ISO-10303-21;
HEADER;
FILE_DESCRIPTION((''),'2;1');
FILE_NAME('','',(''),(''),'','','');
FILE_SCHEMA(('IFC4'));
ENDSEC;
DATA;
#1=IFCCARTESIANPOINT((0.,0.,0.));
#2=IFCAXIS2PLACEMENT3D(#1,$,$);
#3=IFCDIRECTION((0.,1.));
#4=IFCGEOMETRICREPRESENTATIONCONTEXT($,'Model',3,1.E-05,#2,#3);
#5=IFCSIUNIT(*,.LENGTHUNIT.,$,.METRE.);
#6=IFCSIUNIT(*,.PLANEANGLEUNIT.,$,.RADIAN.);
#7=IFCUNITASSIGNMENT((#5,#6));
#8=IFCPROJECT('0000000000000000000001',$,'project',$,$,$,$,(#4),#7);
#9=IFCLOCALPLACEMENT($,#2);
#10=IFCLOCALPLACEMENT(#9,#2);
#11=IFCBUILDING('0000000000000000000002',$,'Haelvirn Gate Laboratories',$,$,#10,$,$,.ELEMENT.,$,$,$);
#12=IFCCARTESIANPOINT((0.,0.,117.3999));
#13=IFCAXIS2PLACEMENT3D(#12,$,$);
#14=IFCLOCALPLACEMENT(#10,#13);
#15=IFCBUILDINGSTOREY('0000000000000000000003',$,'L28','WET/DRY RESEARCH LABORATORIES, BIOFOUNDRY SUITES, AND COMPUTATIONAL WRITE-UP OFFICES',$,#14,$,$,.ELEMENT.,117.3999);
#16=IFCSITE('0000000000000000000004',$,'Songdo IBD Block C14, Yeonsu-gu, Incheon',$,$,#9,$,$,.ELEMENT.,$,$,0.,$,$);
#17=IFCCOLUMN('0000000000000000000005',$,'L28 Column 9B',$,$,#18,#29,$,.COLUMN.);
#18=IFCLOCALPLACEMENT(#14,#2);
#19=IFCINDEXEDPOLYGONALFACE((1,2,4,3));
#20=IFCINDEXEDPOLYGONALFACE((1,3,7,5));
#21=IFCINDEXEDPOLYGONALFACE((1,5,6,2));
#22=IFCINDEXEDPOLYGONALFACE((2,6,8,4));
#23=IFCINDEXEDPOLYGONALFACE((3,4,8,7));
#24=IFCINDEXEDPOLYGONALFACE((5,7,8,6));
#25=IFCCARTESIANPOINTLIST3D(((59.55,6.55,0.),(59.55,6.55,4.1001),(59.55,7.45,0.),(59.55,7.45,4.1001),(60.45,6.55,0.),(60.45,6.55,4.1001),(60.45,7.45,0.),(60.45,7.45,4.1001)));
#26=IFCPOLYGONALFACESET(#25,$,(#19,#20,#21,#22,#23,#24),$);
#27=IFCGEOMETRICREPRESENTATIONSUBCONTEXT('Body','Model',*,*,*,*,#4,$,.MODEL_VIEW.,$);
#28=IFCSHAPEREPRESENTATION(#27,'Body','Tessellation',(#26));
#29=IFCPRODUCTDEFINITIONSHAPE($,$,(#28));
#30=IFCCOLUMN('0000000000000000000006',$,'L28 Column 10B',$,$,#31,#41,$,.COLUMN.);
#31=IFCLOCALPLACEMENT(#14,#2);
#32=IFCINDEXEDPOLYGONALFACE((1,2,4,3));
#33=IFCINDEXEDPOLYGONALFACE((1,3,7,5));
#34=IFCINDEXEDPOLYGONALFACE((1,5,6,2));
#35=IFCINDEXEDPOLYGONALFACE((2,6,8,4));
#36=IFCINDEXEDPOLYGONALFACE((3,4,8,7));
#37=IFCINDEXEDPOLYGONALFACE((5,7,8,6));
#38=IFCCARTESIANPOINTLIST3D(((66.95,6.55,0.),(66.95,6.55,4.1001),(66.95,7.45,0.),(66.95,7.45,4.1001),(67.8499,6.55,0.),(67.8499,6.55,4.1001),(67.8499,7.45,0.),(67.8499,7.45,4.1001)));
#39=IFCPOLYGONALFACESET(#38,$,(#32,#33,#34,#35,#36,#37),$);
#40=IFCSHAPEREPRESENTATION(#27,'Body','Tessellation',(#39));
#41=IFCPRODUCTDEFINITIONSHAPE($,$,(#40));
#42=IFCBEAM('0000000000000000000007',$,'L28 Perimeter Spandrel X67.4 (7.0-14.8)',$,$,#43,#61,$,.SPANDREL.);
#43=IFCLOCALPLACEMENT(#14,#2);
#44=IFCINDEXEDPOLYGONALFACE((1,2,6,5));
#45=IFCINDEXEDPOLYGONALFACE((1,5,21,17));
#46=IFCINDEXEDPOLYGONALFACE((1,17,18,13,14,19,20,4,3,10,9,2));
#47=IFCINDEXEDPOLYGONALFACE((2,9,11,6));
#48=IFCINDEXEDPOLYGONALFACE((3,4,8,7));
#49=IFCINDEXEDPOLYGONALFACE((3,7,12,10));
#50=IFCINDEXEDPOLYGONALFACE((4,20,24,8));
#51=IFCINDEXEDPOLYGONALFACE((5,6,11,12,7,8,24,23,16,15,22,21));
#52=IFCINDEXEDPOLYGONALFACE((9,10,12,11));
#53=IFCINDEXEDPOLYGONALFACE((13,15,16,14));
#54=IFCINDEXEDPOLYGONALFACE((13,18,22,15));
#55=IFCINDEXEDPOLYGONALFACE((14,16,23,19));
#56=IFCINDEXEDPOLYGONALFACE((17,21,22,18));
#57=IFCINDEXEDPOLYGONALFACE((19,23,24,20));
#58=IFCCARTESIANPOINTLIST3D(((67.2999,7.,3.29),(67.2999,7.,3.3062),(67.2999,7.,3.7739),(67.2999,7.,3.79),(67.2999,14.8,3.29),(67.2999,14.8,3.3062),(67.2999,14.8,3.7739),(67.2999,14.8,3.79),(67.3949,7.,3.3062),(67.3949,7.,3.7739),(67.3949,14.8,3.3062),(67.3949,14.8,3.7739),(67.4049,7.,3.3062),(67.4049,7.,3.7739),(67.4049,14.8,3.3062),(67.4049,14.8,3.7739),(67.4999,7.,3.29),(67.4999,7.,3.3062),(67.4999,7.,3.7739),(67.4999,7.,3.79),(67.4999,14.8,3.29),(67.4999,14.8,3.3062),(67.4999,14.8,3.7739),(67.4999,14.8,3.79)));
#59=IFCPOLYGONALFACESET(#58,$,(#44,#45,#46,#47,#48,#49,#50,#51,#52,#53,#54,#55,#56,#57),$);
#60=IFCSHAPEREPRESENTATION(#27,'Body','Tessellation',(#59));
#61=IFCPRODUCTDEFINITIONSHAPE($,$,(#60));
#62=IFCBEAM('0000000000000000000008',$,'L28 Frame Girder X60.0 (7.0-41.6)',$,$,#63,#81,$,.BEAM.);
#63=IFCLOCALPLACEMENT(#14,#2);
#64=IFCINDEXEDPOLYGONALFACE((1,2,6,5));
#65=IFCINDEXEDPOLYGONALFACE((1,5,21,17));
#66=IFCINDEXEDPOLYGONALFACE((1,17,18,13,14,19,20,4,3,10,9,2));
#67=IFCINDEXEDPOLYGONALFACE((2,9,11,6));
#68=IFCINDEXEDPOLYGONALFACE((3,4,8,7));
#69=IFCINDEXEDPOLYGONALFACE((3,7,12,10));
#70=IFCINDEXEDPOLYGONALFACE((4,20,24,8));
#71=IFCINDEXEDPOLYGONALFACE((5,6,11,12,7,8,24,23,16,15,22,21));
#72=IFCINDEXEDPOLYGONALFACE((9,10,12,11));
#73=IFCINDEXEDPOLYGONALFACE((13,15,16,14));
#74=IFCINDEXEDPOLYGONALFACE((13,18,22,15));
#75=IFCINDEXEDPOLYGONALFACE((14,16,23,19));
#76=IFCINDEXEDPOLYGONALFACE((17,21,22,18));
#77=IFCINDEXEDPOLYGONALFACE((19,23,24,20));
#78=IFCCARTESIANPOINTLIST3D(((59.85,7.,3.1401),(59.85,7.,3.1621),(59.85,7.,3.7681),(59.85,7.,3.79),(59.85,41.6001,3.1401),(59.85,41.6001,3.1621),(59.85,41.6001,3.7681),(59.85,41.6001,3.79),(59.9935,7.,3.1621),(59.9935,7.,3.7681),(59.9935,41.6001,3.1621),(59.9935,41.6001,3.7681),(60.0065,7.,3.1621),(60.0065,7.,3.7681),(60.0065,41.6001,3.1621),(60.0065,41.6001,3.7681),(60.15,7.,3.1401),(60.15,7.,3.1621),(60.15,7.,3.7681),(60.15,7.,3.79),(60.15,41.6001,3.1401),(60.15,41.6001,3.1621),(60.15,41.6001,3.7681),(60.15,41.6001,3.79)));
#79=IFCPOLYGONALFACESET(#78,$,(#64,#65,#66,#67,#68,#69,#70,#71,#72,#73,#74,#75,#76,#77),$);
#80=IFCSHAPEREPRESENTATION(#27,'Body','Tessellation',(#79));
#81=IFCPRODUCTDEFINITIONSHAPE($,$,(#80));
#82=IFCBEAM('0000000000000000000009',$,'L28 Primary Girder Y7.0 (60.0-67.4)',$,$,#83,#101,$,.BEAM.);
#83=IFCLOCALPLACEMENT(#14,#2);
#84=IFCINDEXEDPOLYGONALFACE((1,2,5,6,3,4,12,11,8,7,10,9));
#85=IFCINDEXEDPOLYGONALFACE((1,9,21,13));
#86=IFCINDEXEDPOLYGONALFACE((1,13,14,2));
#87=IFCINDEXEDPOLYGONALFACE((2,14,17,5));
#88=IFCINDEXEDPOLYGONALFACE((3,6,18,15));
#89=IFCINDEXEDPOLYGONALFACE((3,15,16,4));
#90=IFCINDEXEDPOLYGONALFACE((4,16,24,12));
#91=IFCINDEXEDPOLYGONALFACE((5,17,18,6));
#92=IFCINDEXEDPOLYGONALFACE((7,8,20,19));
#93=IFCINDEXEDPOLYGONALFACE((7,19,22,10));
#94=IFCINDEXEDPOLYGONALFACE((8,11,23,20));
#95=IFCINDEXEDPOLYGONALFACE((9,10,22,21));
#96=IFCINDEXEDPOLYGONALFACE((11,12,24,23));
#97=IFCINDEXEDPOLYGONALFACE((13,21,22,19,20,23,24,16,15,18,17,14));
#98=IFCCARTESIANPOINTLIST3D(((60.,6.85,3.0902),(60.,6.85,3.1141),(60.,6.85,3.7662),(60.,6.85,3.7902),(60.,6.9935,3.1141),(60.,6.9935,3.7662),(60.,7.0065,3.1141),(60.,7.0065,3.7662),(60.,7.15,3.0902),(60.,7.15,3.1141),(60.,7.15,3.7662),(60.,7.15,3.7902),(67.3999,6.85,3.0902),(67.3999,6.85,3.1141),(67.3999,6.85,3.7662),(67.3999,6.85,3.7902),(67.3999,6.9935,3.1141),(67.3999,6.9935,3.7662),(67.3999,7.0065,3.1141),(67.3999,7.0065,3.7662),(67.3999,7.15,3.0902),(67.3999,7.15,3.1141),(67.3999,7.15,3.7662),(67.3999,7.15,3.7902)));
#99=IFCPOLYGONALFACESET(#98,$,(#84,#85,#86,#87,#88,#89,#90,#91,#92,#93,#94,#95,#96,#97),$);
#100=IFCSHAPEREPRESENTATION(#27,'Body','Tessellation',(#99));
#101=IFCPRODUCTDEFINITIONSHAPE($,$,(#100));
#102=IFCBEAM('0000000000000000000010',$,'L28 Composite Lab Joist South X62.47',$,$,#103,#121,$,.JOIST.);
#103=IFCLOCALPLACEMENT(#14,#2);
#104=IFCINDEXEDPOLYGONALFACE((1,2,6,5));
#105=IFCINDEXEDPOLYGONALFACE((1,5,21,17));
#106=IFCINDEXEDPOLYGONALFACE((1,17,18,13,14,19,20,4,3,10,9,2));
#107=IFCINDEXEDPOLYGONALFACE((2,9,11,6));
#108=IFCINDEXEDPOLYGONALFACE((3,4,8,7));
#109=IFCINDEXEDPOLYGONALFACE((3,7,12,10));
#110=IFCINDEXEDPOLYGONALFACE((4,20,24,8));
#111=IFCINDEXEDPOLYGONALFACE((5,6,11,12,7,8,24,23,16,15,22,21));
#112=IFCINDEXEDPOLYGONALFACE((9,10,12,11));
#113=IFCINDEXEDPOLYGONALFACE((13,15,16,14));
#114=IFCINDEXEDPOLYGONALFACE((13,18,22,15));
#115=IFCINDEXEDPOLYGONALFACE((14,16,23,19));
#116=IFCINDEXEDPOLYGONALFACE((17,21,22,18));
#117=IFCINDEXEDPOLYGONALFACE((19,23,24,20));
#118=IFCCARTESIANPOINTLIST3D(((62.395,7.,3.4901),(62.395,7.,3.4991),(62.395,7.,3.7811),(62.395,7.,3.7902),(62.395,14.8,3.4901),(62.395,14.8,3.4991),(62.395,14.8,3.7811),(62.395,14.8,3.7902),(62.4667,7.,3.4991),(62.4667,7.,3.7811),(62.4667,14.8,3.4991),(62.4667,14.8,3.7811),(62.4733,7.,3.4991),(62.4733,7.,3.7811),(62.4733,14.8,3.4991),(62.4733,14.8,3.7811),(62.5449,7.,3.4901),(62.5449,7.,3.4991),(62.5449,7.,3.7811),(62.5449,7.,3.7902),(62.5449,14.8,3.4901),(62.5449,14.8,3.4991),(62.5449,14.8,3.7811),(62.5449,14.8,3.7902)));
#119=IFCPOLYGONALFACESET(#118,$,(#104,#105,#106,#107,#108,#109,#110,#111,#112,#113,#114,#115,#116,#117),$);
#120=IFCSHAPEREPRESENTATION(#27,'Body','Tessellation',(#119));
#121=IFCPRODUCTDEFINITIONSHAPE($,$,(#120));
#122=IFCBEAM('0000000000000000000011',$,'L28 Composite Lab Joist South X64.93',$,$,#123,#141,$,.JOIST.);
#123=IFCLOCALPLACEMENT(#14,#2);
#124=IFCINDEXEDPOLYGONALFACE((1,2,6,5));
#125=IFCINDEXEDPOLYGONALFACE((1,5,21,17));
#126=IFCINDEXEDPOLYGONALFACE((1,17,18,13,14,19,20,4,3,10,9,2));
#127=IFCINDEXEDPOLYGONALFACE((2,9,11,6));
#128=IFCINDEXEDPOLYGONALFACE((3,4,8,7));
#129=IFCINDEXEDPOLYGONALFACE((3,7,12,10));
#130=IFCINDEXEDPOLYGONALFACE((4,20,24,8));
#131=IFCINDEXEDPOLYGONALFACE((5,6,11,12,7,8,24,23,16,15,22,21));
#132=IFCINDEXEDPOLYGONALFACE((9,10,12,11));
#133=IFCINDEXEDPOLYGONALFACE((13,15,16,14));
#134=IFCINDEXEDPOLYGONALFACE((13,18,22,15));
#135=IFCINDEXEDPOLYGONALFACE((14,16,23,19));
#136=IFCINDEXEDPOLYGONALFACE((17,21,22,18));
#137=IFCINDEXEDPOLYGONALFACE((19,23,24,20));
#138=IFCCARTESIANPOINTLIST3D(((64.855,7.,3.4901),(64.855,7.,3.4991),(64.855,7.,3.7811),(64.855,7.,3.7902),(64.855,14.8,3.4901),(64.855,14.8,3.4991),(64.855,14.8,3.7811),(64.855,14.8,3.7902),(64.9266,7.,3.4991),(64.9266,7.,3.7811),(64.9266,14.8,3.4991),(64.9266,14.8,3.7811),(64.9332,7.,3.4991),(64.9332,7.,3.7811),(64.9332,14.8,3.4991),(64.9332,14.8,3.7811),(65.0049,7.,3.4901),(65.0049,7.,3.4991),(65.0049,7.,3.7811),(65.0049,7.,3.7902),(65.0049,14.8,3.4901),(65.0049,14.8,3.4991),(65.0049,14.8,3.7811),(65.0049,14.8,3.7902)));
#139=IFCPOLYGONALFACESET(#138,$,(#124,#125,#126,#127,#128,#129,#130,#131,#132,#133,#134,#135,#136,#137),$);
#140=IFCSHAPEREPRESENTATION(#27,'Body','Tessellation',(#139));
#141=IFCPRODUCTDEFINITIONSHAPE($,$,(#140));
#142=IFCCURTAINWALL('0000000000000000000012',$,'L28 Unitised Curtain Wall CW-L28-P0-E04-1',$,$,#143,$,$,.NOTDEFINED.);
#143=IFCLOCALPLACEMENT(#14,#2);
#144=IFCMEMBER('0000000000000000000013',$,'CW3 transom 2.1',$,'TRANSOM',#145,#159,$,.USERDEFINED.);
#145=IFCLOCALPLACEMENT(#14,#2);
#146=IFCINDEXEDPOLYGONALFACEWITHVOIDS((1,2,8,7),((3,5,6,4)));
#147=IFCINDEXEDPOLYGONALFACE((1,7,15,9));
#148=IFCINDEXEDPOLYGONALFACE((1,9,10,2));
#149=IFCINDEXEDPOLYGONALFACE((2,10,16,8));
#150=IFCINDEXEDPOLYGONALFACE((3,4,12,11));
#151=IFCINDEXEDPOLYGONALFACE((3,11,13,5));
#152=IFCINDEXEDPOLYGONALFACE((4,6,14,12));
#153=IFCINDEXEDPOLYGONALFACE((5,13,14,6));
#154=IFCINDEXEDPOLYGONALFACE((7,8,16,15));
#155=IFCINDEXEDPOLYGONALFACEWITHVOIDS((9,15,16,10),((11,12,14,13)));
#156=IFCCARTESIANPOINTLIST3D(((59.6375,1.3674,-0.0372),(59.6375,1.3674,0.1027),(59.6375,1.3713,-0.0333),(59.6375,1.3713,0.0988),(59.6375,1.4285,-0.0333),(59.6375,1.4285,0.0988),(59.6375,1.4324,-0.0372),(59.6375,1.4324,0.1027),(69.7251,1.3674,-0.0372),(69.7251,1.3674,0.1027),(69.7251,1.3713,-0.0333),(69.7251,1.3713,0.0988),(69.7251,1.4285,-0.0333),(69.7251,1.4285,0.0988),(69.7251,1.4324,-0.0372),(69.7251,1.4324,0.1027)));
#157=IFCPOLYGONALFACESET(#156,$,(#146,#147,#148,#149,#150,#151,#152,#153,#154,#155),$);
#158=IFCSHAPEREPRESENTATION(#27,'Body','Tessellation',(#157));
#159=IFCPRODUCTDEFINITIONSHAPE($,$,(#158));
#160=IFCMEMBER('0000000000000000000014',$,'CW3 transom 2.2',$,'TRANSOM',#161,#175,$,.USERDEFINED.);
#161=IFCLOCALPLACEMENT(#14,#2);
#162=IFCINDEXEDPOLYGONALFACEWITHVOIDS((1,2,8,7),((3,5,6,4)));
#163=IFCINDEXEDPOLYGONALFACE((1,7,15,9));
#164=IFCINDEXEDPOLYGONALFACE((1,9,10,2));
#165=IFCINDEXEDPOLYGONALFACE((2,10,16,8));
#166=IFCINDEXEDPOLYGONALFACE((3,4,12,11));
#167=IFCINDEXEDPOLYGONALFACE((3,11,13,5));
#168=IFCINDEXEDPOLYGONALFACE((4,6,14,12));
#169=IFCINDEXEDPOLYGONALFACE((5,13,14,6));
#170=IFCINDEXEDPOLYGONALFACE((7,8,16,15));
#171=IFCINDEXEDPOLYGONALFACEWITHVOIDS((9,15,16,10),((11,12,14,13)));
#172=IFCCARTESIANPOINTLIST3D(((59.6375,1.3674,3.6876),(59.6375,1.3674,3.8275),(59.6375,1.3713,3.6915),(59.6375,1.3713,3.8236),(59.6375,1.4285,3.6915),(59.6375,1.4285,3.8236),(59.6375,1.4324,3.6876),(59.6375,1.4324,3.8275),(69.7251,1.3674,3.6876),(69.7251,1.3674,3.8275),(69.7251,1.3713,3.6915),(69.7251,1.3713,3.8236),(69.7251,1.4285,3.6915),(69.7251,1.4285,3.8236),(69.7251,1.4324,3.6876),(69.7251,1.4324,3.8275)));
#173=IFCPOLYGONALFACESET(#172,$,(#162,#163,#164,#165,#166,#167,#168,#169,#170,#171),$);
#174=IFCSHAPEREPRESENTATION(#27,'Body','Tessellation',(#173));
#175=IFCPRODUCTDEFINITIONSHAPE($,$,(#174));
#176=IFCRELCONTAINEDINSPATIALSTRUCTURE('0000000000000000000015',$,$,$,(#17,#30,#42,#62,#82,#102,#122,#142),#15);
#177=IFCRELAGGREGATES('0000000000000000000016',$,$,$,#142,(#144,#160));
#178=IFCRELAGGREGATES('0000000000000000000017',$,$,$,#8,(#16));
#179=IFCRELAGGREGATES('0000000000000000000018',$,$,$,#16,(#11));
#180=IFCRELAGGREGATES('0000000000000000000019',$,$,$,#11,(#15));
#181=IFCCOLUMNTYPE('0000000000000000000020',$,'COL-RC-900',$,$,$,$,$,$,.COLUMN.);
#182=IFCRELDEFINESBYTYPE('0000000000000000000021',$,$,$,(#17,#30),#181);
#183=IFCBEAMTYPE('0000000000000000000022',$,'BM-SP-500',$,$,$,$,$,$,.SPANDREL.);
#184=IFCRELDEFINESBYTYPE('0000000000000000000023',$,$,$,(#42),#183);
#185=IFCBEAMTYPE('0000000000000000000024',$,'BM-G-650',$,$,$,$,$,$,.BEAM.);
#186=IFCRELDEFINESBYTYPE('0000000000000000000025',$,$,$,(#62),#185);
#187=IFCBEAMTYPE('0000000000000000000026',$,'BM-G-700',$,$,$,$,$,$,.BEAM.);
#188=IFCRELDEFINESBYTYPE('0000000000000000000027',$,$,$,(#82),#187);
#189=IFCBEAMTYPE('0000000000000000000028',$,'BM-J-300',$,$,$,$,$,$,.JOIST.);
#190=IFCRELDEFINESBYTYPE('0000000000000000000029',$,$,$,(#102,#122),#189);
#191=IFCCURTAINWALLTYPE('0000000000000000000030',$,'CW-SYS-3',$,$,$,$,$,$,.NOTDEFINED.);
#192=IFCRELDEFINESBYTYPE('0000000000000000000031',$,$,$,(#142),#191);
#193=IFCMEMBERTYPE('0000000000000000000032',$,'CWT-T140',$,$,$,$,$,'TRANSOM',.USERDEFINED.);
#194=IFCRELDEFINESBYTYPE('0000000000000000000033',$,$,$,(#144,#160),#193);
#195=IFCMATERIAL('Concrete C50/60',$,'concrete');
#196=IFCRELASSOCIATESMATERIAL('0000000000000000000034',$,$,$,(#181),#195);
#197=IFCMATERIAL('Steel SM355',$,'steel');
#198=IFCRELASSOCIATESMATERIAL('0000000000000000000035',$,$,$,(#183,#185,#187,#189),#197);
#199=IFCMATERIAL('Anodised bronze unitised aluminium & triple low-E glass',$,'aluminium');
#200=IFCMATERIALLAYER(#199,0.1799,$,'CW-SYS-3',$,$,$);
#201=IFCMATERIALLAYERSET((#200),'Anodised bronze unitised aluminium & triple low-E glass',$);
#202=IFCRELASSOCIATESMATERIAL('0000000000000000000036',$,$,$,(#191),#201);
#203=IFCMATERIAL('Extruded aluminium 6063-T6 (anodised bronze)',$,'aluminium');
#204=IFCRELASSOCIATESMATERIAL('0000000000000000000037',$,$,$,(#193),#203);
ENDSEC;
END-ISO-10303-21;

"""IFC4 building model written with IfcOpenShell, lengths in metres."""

from ifc_helpers import new_model, si_unit, direction, frame, origin, origin_2d, place, context, subcontext, project, spatial, rectangle, hollow_rectangle, i_section, extrude, source, transform, mapped, material, layer, layer_set, material_profile, profile_set, type_object, type_shapes, element, aggregate, save


model = new_model("IFC4")

# Units and contexts
model_context = context("Model", 3, precision=1e-05, world=origin(), true_north=direction((0.0, 1.0)))
body_context = subcontext(model_context, "Body", "Model", "MODEL_VIEW")
ifc_project = project(units=[si_unit("LENGTHUNIT", "METRE"), si_unit("PLANEANGLEUNIT", "RADIAN")], contexts=[model_context])

# Site, building, storey
site_placement = place(None, origin())
site = spatial("IfcSite", under=ifc_project, at=site_placement, Name="Songdo IBD Block C14, Yeonsu-gu, Incheon", CompositionType="ELEMENT", RefElevation=0.0)
building_placement = place(site_placement, origin())
building = spatial("IfcBuilding", under=site, at=building_placement, Name="Haelvirn Gate Laboratories", CompositionType="ELEMENT")
storey_placement = place(building_placement, frame((0.0, 0.0, 117.3999)))
storey = spatial("IfcBuildingStorey", under=building, at=storey_placement, Name="L28", Description="WET/DRY RESEARCH LABORATORIES, BIOFOUNDRY SUITES, AND COMPUTATIONAL WRITE-UP OFFICES", CompositionType="ELEMENT", Elevation=117.3999)

# Columns
ifc_material_1 = material(Name="Concrete C50/60", Category="concrete")
ifc_material_profile_1 = material_profile(ifc_material_1, rectangle(XDim=0.8999, YDim=0.8999, at=origin_2d()), Name="RC-900x900")
ifc_profile_set_1 = profile_set([ifc_material_profile_1], Name="Concrete C50/60")
column_type = type_object("IfcColumnType", Name="COL-RC-900", PredefinedType="COLUMN", material=ifc_profile_set_1)
shared_shape_1 = source(origin(), body_context, "Body", "SweptSolid", [
    extrude(rectangle(XDim=0.8999, YDim=0.8999, at=origin_2d()), origin(), (0.0, 0.0, 1.0), 4.1001),
])
type_shapes(column_type, [shared_shape_1])
for number, where, z_axis, x_axis, name in (
    (1, (60.0, 7.0, 0.0), (0.0, 0.0, 1.0), (1.0, 0.0, 0.0), "L28 Column 9B"),
    (2, (67.3999, 7.0, 0.0), (0.0, 0.0, 1.0), (1.0, 0.0, 0.0), "L28 Column 10B"),
):
    element("IfcColumn", number, at=place(storey_placement, frame(where, z_axis=z_axis, x_axis=x_axis)), inside=storey, type_object=column_type, Name=name, PredefinedType="COLUMN", context=body_context, shape_type="MappedRepresentation", body=[
        mapped(shared_shape_1, transform((0.0, 0.0, 0.0), scale=1.0)),
    ])

# Beams
ifc_material_2 = material(Name="Steel SM355", Category="steel")
ifc_material_profile_2 = material_profile(ifc_material_2, i_section(OverallWidth=0.2, OverallDepth=0.5, WebThickness=0.01, FlangeThickness=0.0161, at=origin_2d()), Name="H-500x200x10x16")
ifc_profile_set_2 = profile_set([ifc_material_profile_2], Name="Steel SM355")
beam_type_1 = type_object("IfcBeamType", Name="BM-SP-500", PredefinedType="SPANDREL", material=ifc_profile_set_2)
shared_shape_2 = source(origin(), body_context, "Body", "SweptSolid", [
    extrude(i_section(OverallWidth=0.2, OverallDepth=0.5, WebThickness=0.01, FlangeThickness=0.0161, at=origin_2d()), origin(), (0.0, 0.0, 1.0), 7.8),
])
type_shapes(beam_type_1, [shared_shape_2])
beam_1_placement = place(storey_placement, frame((67.3999, 7.0, 3.54), z_axis=(0.0, 1.0, 0.0), x_axis=(-1.0, 0.0, 0.0)))
element("IfcBeam", 3, at=beam_1_placement, inside=storey, type_object=beam_type_1, Name="L28 Perimeter Spandrel X67.4 (7.0-14.8)", PredefinedType="SPANDREL", context=body_context, shape_type="MappedRepresentation", body=[
    mapped(shared_shape_2, transform((0.0, 0.0, 0.0), scale=1.0)),
])
ifc_material_profile_3 = material_profile(ifc_material_2, i_section(OverallWidth=0.3, OverallDepth=0.6499, WebThickness=0.0129, FlangeThickness=0.022, at=origin_2d()), Name="H-650x300x13x22")
ifc_profile_set_3 = profile_set([ifc_material_profile_3], Name="Steel SM355")
beam_type_2 = type_object("IfcBeamType", Name="BM-G-650", PredefinedType="BEAM", material=ifc_profile_set_3)
shared_shape_3 = source(origin(), body_context, "Body", "SweptSolid", [
    extrude(i_section(OverallWidth=0.3, OverallDepth=0.6499, WebThickness=0.0129, FlangeThickness=0.022, at=origin_2d()), origin(), (0.0, 0.0, 1.0), 34.6001),
])
type_shapes(beam_type_2, [shared_shape_3])
beam_2_placement = place(storey_placement, frame((60.0, 7.0, 3.4651), z_axis=(0.0, 1.0, 0.0), x_axis=(-1.0, 0.0, 0.0)))
element("IfcBeam", 4, at=beam_2_placement, inside=storey, type_object=beam_type_2, Name="L28 Frame Girder X60.0 (7.0-41.6)", PredefinedType="BEAM", context=body_context, shape_type="MappedRepresentation", body=[
    mapped(shared_shape_3, transform((0.0, 0.0, 0.0), scale=1.0)),
])
ifc_material_profile_4 = material_profile(ifc_material_2, i_section(OverallWidth=0.3, OverallDepth=0.7, WebThickness=0.0129, FlangeThickness=0.0239, at=origin_2d()), Name="H-700x300x13x24")
ifc_profile_set_4 = profile_set([ifc_material_profile_4], Name="Steel SM355")
beam_type_3 = type_object("IfcBeamType", Name="BM-G-700", PredefinedType="BEAM", material=ifc_profile_set_4)
shared_shape_4 = source(origin(), body_context, "Body", "SweptSolid", [
    extrude(i_section(OverallWidth=0.3, OverallDepth=0.7, WebThickness=0.0129, FlangeThickness=0.0239, at=origin_2d()), origin(), (0.0, 0.0, 1.0), 7.3999),
])
type_shapes(beam_type_3, [shared_shape_4])
beam_3_placement = place(storey_placement, frame((60.0, 7.0, 3.4402), z_axis=(1.0, 0.0, 0.0), x_axis=(0.0, 1.0, 0.0)))
element("IfcBeam", 5, at=beam_3_placement, inside=storey, type_object=beam_type_3, Name="L28 Primary Girder Y7.0 (60.0-67.4)", PredefinedType="BEAM", context=body_context, shape_type="MappedRepresentation", body=[
    mapped(shared_shape_4, transform((0.0, 0.0, 0.0), scale=1.0)),
])
ifc_material_profile_5 = material_profile(ifc_material_2, i_section(OverallWidth=0.1499, OverallDepth=0.3, WebThickness=0.0066, FlangeThickness=0.009, at=origin_2d()), Name="H-300x150x6.5x9")
ifc_profile_set_5 = profile_set([ifc_material_profile_5], Name="Steel SM355")
beam_type_4 = type_object("IfcBeamType", Name="BM-J-300", PredefinedType="JOIST", material=ifc_profile_set_5)
shared_shape_5 = source(origin(), body_context, "Body", "SweptSolid", [
    extrude(i_section(OverallWidth=0.1499, OverallDepth=0.3, WebThickness=0.0066, FlangeThickness=0.009, at=origin_2d()), origin(), (0.0, 0.0, 1.0), 7.8),
])
type_shapes(beam_type_4, [shared_shape_5])
for number, where, z_axis, x_axis, name in (
    (6, (62.47, 7.0, 3.6401), (0.0, 1.0, 0.0), (-1.0, 0.0, 0.0), "L28 Composite Lab Joist South X62.47"),
    (7, (64.9299, 7.0, 3.6401), (0.0, 1.0, 0.0), (-1.0, 0.0, 0.0), "L28 Composite Lab Joist South X64.93"),
):
    element("IfcBeam", number, at=place(storey_placement, frame(where, z_axis=z_axis, x_axis=x_axis)), inside=storey, type_object=beam_type_4, Name=name, PredefinedType="JOIST", context=body_context, shape_type="MappedRepresentation", body=[
        mapped(shared_shape_5, transform((0.0, 0.0, 0.0), scale=1.0)),
    ])

# Curtain wall, members
ifc_material_3 = material(Name="Anodised bronze unitised aluminium & triple low-E glass", Category="aluminium")
ifc_layer_1 = layer(ifc_material_3, 0.1799, Name="CW-SYS-3")
ifc_layer_set_1 = layer_set([ifc_layer_1], Name="Anodised bronze unitised aluminium & triple low-E glass")
curtain_wall_type_1 = type_object("IfcCurtainWallType", Name="CW-SYS-3", PredefinedType="NOTDEFINED", material=ifc_layer_set_1)
curtain_wall_1_placement = place(storey_placement, origin())
curtain_wall_1 = element("IfcCurtainWall", 8, at=curtain_wall_1_placement, inside=storey, type_object=curtain_wall_type_1, Name="L28 Unitised Curtain Wall CW-L28-P0-E04-1", PredefinedType="NOTDEFINED")
ifc_material_4 = material(Name="Extruded aluminium 6063-T6 (anodised bronze)", Category="aluminium")
ifc_material_profile_6 = material_profile(ifc_material_4, hollow_rectangle(XDim=0.0649, YDim=0.1399, WallThickness=0.0039, at=origin_2d()), Name="CWT-140x65x4")
ifc_profile_set_6 = profile_set([ifc_material_profile_6], Name="Extruded aluminium 6063-T6 (anodised bronze)")
member_type_1 = type_object("IfcMemberType", Name="CWT-T140", ElementType="TRANSOM", PredefinedType="USERDEFINED", material=ifc_profile_set_6)
shared_shape_6 = source(origin(), body_context, "Body", "SweptSolid", [
    extrude(hollow_rectangle(XDim=0.0649, YDim=0.1399, WallThickness=0.0039, at=origin_2d()), origin(), (0.0, 0.0, 1.0), 10.0876),
])
member_1_placement = place(storey_placement, frame((59.6375, 1.3999, 0.0327), z_axis=(1.0, 0.0, 0.0), x_axis=(0.0, 1.0, 0.0)))
member_1 = element("IfcMember", 9, at=member_1_placement, type_object=member_type_1, Name="CW3 transom 2.1", ObjectType="TRANSOM", PredefinedType="USERDEFINED", context=body_context, shape_type="MappedRepresentation", body=[
    mapped(shared_shape_6, transform((0.0, 0.0, 0.0), scale=1.0)),
])
member_2_placement = place(storey_placement, frame((59.6375, 1.3999, 3.7576), z_axis=(1.0, 0.0, 0.0), x_axis=(0.0, 1.0, 0.0)))
member_2 = element("IfcMember", 10, at=member_2_placement, type_object=member_type_1, Name="CW3 transom 2.2", ObjectType="TRANSOM", PredefinedType="USERDEFINED", context=body_context, shape_type="MappedRepresentation", body=[
    mapped(shared_shape_6, transform((0.0, 0.0, 0.0), scale=1.0)),
])

aggregate(curtain_wall_1, [member_1, member_2])

save(model, "model.ifc")
